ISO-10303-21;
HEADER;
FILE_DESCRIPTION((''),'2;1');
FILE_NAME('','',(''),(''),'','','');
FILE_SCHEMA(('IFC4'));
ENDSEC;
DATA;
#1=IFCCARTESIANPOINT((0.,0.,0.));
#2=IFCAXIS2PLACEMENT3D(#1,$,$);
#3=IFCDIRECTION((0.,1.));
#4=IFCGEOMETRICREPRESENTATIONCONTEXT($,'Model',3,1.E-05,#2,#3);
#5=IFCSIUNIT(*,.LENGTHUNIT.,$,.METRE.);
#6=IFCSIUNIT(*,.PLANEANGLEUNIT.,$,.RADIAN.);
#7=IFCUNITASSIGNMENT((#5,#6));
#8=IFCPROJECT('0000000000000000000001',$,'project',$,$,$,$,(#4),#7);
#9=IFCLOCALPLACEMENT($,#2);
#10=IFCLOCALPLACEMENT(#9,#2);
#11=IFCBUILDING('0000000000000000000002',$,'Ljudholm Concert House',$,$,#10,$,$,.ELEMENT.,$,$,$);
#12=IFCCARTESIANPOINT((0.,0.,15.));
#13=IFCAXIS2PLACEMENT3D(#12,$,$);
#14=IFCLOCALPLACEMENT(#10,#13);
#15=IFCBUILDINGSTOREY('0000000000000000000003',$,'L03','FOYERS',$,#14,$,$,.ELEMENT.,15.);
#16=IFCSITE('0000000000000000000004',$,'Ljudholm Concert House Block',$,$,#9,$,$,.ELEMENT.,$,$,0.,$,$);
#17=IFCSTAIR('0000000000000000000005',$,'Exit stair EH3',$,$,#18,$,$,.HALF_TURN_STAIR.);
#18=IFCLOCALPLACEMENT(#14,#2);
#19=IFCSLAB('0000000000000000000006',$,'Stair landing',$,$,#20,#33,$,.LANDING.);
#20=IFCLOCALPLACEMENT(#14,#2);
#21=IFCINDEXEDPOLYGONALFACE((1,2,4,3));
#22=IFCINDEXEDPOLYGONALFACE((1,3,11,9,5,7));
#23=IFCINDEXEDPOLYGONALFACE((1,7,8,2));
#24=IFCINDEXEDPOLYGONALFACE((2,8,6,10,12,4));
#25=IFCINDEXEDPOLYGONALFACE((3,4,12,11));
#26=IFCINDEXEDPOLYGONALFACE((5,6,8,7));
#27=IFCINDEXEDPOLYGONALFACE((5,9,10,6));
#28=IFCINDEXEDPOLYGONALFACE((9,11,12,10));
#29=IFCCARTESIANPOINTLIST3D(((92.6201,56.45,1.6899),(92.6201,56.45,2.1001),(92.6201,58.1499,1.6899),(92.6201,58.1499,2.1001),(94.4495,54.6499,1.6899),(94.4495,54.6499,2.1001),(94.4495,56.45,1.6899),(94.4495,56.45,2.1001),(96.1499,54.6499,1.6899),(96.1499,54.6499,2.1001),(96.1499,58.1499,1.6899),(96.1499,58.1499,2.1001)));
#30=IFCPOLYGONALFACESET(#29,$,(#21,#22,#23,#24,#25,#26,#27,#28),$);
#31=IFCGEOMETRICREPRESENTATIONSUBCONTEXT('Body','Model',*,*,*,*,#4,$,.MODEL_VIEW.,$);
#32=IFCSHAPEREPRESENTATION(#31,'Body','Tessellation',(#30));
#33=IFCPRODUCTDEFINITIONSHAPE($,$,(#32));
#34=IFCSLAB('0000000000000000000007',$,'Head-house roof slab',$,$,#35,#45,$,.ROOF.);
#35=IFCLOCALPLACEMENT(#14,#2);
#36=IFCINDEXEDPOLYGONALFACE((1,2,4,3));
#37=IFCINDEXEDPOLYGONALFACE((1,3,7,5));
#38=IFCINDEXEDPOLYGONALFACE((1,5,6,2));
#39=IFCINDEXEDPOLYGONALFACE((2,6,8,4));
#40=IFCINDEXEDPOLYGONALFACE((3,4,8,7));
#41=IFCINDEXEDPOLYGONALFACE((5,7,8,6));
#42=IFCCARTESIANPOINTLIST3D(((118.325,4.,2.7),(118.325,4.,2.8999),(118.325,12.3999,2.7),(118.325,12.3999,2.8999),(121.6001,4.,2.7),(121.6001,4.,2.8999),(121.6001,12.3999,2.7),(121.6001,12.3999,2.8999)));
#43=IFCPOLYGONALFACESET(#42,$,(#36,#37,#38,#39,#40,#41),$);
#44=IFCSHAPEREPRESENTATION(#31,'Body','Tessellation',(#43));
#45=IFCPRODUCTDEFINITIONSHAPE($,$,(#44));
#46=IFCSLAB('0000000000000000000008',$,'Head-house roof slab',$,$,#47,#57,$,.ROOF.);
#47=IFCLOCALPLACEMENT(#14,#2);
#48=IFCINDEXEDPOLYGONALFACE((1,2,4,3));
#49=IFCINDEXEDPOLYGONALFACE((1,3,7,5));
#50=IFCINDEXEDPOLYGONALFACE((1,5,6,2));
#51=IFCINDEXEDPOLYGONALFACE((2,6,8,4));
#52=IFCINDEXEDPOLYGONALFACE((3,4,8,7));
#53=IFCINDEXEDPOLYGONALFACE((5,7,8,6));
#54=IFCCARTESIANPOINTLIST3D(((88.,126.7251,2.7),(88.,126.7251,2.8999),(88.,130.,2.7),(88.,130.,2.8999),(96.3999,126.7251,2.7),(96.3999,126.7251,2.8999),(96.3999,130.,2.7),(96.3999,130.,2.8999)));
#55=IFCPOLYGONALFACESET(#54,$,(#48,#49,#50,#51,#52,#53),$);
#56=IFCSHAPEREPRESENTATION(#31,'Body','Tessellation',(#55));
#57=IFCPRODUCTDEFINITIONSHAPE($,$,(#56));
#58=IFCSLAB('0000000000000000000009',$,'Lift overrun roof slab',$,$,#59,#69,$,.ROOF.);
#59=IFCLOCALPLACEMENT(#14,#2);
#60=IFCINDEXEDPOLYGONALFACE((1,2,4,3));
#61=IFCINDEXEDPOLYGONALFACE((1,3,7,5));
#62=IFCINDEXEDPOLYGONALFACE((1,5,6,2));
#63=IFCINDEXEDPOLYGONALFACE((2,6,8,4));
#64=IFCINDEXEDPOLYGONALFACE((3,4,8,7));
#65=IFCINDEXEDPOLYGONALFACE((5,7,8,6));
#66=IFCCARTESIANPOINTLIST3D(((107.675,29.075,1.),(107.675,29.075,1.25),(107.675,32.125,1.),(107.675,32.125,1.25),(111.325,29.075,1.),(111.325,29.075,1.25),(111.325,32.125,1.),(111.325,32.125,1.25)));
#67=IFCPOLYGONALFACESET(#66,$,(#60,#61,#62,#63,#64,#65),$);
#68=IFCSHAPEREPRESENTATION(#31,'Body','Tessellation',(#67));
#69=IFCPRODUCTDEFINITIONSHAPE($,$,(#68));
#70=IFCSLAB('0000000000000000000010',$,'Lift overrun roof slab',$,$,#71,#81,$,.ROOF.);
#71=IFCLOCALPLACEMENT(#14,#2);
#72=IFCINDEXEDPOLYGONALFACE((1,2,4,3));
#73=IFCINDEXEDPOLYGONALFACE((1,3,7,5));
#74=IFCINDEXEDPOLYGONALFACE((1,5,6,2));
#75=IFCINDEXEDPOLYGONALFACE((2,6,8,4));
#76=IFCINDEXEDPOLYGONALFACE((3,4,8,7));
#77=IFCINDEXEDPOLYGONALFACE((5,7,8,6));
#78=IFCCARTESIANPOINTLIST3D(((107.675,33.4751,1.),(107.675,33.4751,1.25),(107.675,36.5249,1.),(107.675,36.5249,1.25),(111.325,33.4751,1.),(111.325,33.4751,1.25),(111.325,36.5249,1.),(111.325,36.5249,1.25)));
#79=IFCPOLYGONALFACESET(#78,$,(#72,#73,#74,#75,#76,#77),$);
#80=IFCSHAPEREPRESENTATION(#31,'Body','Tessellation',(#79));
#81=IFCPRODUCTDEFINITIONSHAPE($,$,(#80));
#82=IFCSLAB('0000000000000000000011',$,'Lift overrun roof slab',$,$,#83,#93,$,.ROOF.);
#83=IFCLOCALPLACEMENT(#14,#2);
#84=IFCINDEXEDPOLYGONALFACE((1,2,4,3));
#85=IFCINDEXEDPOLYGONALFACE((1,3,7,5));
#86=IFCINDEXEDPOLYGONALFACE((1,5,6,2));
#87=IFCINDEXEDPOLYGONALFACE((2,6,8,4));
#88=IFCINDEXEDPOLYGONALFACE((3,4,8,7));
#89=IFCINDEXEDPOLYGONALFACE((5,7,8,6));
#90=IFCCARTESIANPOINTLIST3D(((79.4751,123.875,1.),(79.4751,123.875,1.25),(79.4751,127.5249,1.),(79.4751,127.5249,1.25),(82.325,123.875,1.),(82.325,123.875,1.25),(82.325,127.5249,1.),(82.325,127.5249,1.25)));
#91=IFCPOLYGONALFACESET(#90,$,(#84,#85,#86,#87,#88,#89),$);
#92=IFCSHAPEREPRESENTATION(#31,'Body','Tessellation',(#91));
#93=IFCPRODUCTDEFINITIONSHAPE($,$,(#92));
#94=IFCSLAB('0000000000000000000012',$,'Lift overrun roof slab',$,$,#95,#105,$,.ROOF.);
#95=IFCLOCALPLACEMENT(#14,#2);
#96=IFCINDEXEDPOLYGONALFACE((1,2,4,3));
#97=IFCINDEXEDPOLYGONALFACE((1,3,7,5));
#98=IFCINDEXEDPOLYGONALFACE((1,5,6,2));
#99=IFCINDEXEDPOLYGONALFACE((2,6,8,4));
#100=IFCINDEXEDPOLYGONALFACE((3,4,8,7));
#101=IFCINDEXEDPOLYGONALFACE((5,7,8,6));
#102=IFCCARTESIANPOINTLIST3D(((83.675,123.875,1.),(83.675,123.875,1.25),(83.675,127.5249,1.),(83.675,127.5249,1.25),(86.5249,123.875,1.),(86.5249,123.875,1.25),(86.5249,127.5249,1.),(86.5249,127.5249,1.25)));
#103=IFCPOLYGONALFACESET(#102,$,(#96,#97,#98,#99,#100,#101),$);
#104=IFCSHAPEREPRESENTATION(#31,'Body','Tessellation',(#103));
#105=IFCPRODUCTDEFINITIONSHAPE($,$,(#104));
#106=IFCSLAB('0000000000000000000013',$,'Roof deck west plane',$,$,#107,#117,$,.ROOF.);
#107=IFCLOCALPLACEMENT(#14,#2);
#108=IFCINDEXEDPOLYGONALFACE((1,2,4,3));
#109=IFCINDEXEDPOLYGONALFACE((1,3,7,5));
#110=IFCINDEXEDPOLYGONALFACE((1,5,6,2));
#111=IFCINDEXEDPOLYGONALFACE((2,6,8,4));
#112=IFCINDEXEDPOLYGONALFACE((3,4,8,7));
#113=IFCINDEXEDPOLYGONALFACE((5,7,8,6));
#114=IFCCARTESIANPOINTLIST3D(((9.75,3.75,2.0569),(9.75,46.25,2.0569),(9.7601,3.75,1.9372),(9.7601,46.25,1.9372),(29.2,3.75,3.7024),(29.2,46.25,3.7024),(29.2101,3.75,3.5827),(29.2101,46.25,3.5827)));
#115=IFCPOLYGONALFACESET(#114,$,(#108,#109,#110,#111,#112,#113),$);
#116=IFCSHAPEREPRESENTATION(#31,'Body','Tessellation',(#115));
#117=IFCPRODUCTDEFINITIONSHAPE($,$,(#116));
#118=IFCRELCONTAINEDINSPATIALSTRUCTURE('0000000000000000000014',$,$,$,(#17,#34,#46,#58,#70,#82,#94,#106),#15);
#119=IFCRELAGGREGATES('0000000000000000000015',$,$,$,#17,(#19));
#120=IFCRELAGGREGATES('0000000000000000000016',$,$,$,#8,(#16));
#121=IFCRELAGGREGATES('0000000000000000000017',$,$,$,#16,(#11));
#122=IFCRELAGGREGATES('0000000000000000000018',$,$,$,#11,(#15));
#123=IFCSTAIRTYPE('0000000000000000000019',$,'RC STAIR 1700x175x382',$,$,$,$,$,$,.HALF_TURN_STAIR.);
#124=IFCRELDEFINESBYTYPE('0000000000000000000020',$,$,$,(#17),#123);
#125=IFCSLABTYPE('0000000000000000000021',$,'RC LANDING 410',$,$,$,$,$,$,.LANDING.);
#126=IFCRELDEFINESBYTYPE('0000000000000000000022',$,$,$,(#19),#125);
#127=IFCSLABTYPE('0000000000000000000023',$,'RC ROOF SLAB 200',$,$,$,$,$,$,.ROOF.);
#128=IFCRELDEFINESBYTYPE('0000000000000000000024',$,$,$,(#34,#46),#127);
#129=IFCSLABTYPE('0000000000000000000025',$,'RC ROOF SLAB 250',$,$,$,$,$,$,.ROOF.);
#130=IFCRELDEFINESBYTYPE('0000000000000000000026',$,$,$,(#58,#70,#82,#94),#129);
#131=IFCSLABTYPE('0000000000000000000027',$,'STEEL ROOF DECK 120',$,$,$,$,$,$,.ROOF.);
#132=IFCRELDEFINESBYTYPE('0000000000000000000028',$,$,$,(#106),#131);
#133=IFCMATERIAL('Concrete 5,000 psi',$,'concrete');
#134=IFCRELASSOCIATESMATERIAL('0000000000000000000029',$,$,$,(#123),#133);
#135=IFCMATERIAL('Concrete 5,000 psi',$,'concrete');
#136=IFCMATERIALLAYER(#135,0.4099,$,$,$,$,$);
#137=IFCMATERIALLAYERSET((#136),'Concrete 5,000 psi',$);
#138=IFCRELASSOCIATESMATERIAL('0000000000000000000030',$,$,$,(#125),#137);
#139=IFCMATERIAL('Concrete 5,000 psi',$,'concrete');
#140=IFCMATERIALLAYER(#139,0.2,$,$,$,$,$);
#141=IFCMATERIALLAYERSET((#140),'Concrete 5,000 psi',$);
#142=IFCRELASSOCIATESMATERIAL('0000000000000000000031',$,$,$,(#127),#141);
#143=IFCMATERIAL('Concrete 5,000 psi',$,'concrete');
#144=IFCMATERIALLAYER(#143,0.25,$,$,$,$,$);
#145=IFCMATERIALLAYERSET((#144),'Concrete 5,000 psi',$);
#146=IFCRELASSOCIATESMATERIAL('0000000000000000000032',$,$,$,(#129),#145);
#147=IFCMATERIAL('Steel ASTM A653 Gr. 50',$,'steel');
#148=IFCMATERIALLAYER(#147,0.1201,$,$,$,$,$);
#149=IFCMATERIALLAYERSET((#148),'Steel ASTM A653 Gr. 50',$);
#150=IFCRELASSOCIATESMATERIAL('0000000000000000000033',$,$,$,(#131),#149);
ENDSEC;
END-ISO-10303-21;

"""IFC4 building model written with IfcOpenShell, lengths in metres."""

from ifc_helpers import new_model, si_unit, direction, frame, origin, place, context, subcontext, project, spatial, polyline, outline, extrude, material, layer, layer_set, type_object, element, aggregate, save


model = new_model("IFC4")

# Units and contexts
model_context = context("Model", 3, precision=1e-05, world=origin(), true_north=direction((0.0, 1.0)))
body_context = subcontext(model_context, "Body", "Model", "MODEL_VIEW")
ifc_project = project(units=[si_unit("LENGTHUNIT", "METRE"), si_unit("PLANEANGLEUNIT", "RADIAN")], contexts=[model_context])

# Site, building, storey
site_placement = place(None, origin())
site = spatial("IfcSite", under=ifc_project, at=site_placement, Name="Ljudholm Concert House Block", CompositionType="ELEMENT", RefElevation=0.0)
building_placement = place(site_placement, origin())
building = spatial("IfcBuilding", under=site, at=building_placement, Name="Ljudholm Concert House", CompositionType="ELEMENT")
storey_placement = place(building_placement, frame((0.0, 0.0, 15.0)))
storey = spatial("IfcBuildingStorey", under=building, at=storey_placement, Name="L03", Description="FOYERS", CompositionType="ELEMENT", Elevation=15.0)

# Stair, slab
ifc_material_1 = material(Name="Concrete 5,000 psi", Category="concrete")
stair_type = type_object("IfcStairType", Name="RC STAIR 1700x175x382", PredefinedType="HALF_TURN_STAIR", material=ifc_material_1)
ifc_material_2 = material(Name="Concrete 5,000 psi", Category="concrete")
ifc_layer_1 = layer(ifc_material_2, 0.4099)
ifc_layer_set_1 = layer_set([ifc_layer_1], Name="Concrete 5,000 psi")
slab_type_1 = type_object("IfcSlabType", Name="RC LANDING 410", PredefinedType="LANDING", material=ifc_layer_set_1)
stair_1_placement = place(storey_placement, origin())
stair_1 = element("IfcStair", 1, at=stair_1_placement, inside=storey, type_object=stair_type, Name="Exit stair EH3", PredefinedType="HALF_TURN_STAIR")
slab_1_placement = place(storey_placement, frame((0.0, 0.0, 1.6899)))
slab_1 = element("IfcSlab", 2, at=slab_1_placement, type_object=slab_type_1, Name="Stair landing", PredefinedType="LANDING", context=body_context, shape_type="SweptSolid", body=[
    extrude(outline(polyline([(92.6201, 58.1499), (92.6201, 56.45), (94.4495, 56.45), (94.4495, 54.6499), (96.1499, 54.6499), (96.1499, 58.1499), (92.6201, 58.1499)])), origin(), (0.0, 0.0, 1.0), 0.4102),
])
aggregate(stair_1, [slab_1])

# Slabs
ifc_material_3 = material(Name="Concrete 5,000 psi", Category="concrete")
ifc_layer_2 = layer(ifc_material_3, 0.2)
ifc_layer_set_2 = layer_set([ifc_layer_2], Name="Concrete 5,000 psi")
slab_type_2 = type_object("IfcSlabType", Name="RC ROOF SLAB 200", PredefinedType="ROOF", material=ifc_layer_set_2)
slab_2_placement = place(storey_placement, frame((0.0, 0.0, 2.7)))
element("IfcSlab", 3, at=slab_2_placement, inside=storey, type_object=slab_type_2, Name="Head-house roof slab", PredefinedType="ROOF", context=body_context, shape_type="SweptSolid", body=[
    extrude(outline(polyline([(118.325, 4.0), (121.6001, 4.0), (121.6001, 12.3999), (118.325, 12.3999), (118.325, 4.0)])), origin(), (0.0, 0.0, 1.0), 0.2),
])
slab_3_placement = place(storey_placement, frame((0.0, 0.0, 2.7)))
element("IfcSlab", 4, at=slab_3_placement, inside=storey, type_object=slab_type_2, Name="Head-house roof slab", PredefinedType="ROOF", context=body_context, shape_type="SweptSolid", body=[
    extrude(outline(polyline([(88.0, 126.7251), (96.3999, 126.7251), (96.3999, 130.0), (88.0, 130.0), (88.0, 126.7251)])), origin(), (0.0, 0.0, 1.0), 0.2),
])
ifc_material_4 = material(Name="Concrete 5,000 psi", Category="concrete")
ifc_layer_3 = layer(ifc_material_4, 0.25)
ifc_layer_set_3 = layer_set([ifc_layer_3], Name="Concrete 5,000 psi")
slab_type_3 = type_object("IfcSlabType", Name="RC ROOF SLAB 250", PredefinedType="ROOF", material=ifc_layer_set_3)
slab_4_placement = place(storey_placement, frame((0.0, 0.0, 1.0)))
element("IfcSlab", 5, at=slab_4_placement, inside=storey, type_object=slab_type_3, Name="Lift overrun roof slab", PredefinedType="ROOF", context=body_context, shape_type="SweptSolid", body=[
    extrude(outline(polyline([(107.675, 29.075), (111.325, 29.075), (111.325, 32.125), (107.675, 32.125), (107.675, 29.075)])), origin(), (0.0, 0.0, 1.0), 0.25),
])
slab_5_placement = place(storey_placement, frame((0.0, 0.0, 1.0)))
element("IfcSlab", 6, at=slab_5_placement, inside=storey, type_object=slab_type_3, Name="Lift overrun roof slab", PredefinedType="ROOF", context=body_context, shape_type="SweptSolid", body=[
    extrude(outline(polyline([(107.675, 33.4751), (111.325, 33.4751), (111.325, 36.5249), (107.675, 36.5249), (107.675, 33.4751)])), origin(), (0.0, 0.0, 1.0), 0.25),
])
slab_6_placement = place(storey_placement, frame((0.0, 0.0, 1.0)))
element("IfcSlab", 7, at=slab_6_placement, inside=storey, type_object=slab_type_3, Name="Lift overrun roof slab", PredefinedType="ROOF", context=body_context, shape_type="SweptSolid", body=[
    extrude(outline(polyline([(79.4751, 123.875), (82.325, 123.875), (82.325, 127.5249), (79.4751, 127.5249), (79.4751, 123.875)])), origin(), (0.0, 0.0, 1.0), 0.25),
])
slab_7_placement = place(storey_placement, frame((0.0, 0.0, 1.0)))
element("IfcSlab", 8, at=slab_7_placement, inside=storey, type_object=slab_type_3, Name="Lift overrun roof slab", PredefinedType="ROOF", context=body_context, shape_type="SweptSolid", body=[
    extrude(outline(polyline([(83.675, 123.875), (86.5249, 123.875), (86.5249, 127.5249), (83.675, 127.5249), (83.675, 123.875)])), origin(), (0.0, 0.0, 1.0), 0.25),
])
ifc_material_5 = material(Name="Steel ASTM A653 Gr. 50", Category="steel")
ifc_layer_4 = layer(ifc_material_5, 0.1201)
ifc_layer_set_4 = layer_set([ifc_layer_4], Name="Steel ASTM A653 Gr. 50")
slab_type_4 = type_object("IfcSlabType", Name="STEEL ROOF DECK 120", PredefinedType="ROOF", material=ifc_layer_set_4)
slab_8_placement = place(storey_placement, frame((9.75, 3.75, 2.0569), z_axis=(-0.084301, 0.0, 0.99644), x_axis=(0.99644, 0.0, 0.084301)))
element("IfcSlab", 9, at=slab_8_placement, inside=storey, type_object=slab_type_4, Name="Roof deck west plane", PredefinedType="ROOF", context=body_context, shape_type="SweptSolid", body=[
    extrude(outline(polyline([(0.0, 0.0), (19.5194, 0.0), (19.5194, 42.5), (0.0, 42.5), (0.0, 0.0)])), origin(), (0.0, 0.0, -1.0), 0.1201),
])

save(model, "model.ifc")
